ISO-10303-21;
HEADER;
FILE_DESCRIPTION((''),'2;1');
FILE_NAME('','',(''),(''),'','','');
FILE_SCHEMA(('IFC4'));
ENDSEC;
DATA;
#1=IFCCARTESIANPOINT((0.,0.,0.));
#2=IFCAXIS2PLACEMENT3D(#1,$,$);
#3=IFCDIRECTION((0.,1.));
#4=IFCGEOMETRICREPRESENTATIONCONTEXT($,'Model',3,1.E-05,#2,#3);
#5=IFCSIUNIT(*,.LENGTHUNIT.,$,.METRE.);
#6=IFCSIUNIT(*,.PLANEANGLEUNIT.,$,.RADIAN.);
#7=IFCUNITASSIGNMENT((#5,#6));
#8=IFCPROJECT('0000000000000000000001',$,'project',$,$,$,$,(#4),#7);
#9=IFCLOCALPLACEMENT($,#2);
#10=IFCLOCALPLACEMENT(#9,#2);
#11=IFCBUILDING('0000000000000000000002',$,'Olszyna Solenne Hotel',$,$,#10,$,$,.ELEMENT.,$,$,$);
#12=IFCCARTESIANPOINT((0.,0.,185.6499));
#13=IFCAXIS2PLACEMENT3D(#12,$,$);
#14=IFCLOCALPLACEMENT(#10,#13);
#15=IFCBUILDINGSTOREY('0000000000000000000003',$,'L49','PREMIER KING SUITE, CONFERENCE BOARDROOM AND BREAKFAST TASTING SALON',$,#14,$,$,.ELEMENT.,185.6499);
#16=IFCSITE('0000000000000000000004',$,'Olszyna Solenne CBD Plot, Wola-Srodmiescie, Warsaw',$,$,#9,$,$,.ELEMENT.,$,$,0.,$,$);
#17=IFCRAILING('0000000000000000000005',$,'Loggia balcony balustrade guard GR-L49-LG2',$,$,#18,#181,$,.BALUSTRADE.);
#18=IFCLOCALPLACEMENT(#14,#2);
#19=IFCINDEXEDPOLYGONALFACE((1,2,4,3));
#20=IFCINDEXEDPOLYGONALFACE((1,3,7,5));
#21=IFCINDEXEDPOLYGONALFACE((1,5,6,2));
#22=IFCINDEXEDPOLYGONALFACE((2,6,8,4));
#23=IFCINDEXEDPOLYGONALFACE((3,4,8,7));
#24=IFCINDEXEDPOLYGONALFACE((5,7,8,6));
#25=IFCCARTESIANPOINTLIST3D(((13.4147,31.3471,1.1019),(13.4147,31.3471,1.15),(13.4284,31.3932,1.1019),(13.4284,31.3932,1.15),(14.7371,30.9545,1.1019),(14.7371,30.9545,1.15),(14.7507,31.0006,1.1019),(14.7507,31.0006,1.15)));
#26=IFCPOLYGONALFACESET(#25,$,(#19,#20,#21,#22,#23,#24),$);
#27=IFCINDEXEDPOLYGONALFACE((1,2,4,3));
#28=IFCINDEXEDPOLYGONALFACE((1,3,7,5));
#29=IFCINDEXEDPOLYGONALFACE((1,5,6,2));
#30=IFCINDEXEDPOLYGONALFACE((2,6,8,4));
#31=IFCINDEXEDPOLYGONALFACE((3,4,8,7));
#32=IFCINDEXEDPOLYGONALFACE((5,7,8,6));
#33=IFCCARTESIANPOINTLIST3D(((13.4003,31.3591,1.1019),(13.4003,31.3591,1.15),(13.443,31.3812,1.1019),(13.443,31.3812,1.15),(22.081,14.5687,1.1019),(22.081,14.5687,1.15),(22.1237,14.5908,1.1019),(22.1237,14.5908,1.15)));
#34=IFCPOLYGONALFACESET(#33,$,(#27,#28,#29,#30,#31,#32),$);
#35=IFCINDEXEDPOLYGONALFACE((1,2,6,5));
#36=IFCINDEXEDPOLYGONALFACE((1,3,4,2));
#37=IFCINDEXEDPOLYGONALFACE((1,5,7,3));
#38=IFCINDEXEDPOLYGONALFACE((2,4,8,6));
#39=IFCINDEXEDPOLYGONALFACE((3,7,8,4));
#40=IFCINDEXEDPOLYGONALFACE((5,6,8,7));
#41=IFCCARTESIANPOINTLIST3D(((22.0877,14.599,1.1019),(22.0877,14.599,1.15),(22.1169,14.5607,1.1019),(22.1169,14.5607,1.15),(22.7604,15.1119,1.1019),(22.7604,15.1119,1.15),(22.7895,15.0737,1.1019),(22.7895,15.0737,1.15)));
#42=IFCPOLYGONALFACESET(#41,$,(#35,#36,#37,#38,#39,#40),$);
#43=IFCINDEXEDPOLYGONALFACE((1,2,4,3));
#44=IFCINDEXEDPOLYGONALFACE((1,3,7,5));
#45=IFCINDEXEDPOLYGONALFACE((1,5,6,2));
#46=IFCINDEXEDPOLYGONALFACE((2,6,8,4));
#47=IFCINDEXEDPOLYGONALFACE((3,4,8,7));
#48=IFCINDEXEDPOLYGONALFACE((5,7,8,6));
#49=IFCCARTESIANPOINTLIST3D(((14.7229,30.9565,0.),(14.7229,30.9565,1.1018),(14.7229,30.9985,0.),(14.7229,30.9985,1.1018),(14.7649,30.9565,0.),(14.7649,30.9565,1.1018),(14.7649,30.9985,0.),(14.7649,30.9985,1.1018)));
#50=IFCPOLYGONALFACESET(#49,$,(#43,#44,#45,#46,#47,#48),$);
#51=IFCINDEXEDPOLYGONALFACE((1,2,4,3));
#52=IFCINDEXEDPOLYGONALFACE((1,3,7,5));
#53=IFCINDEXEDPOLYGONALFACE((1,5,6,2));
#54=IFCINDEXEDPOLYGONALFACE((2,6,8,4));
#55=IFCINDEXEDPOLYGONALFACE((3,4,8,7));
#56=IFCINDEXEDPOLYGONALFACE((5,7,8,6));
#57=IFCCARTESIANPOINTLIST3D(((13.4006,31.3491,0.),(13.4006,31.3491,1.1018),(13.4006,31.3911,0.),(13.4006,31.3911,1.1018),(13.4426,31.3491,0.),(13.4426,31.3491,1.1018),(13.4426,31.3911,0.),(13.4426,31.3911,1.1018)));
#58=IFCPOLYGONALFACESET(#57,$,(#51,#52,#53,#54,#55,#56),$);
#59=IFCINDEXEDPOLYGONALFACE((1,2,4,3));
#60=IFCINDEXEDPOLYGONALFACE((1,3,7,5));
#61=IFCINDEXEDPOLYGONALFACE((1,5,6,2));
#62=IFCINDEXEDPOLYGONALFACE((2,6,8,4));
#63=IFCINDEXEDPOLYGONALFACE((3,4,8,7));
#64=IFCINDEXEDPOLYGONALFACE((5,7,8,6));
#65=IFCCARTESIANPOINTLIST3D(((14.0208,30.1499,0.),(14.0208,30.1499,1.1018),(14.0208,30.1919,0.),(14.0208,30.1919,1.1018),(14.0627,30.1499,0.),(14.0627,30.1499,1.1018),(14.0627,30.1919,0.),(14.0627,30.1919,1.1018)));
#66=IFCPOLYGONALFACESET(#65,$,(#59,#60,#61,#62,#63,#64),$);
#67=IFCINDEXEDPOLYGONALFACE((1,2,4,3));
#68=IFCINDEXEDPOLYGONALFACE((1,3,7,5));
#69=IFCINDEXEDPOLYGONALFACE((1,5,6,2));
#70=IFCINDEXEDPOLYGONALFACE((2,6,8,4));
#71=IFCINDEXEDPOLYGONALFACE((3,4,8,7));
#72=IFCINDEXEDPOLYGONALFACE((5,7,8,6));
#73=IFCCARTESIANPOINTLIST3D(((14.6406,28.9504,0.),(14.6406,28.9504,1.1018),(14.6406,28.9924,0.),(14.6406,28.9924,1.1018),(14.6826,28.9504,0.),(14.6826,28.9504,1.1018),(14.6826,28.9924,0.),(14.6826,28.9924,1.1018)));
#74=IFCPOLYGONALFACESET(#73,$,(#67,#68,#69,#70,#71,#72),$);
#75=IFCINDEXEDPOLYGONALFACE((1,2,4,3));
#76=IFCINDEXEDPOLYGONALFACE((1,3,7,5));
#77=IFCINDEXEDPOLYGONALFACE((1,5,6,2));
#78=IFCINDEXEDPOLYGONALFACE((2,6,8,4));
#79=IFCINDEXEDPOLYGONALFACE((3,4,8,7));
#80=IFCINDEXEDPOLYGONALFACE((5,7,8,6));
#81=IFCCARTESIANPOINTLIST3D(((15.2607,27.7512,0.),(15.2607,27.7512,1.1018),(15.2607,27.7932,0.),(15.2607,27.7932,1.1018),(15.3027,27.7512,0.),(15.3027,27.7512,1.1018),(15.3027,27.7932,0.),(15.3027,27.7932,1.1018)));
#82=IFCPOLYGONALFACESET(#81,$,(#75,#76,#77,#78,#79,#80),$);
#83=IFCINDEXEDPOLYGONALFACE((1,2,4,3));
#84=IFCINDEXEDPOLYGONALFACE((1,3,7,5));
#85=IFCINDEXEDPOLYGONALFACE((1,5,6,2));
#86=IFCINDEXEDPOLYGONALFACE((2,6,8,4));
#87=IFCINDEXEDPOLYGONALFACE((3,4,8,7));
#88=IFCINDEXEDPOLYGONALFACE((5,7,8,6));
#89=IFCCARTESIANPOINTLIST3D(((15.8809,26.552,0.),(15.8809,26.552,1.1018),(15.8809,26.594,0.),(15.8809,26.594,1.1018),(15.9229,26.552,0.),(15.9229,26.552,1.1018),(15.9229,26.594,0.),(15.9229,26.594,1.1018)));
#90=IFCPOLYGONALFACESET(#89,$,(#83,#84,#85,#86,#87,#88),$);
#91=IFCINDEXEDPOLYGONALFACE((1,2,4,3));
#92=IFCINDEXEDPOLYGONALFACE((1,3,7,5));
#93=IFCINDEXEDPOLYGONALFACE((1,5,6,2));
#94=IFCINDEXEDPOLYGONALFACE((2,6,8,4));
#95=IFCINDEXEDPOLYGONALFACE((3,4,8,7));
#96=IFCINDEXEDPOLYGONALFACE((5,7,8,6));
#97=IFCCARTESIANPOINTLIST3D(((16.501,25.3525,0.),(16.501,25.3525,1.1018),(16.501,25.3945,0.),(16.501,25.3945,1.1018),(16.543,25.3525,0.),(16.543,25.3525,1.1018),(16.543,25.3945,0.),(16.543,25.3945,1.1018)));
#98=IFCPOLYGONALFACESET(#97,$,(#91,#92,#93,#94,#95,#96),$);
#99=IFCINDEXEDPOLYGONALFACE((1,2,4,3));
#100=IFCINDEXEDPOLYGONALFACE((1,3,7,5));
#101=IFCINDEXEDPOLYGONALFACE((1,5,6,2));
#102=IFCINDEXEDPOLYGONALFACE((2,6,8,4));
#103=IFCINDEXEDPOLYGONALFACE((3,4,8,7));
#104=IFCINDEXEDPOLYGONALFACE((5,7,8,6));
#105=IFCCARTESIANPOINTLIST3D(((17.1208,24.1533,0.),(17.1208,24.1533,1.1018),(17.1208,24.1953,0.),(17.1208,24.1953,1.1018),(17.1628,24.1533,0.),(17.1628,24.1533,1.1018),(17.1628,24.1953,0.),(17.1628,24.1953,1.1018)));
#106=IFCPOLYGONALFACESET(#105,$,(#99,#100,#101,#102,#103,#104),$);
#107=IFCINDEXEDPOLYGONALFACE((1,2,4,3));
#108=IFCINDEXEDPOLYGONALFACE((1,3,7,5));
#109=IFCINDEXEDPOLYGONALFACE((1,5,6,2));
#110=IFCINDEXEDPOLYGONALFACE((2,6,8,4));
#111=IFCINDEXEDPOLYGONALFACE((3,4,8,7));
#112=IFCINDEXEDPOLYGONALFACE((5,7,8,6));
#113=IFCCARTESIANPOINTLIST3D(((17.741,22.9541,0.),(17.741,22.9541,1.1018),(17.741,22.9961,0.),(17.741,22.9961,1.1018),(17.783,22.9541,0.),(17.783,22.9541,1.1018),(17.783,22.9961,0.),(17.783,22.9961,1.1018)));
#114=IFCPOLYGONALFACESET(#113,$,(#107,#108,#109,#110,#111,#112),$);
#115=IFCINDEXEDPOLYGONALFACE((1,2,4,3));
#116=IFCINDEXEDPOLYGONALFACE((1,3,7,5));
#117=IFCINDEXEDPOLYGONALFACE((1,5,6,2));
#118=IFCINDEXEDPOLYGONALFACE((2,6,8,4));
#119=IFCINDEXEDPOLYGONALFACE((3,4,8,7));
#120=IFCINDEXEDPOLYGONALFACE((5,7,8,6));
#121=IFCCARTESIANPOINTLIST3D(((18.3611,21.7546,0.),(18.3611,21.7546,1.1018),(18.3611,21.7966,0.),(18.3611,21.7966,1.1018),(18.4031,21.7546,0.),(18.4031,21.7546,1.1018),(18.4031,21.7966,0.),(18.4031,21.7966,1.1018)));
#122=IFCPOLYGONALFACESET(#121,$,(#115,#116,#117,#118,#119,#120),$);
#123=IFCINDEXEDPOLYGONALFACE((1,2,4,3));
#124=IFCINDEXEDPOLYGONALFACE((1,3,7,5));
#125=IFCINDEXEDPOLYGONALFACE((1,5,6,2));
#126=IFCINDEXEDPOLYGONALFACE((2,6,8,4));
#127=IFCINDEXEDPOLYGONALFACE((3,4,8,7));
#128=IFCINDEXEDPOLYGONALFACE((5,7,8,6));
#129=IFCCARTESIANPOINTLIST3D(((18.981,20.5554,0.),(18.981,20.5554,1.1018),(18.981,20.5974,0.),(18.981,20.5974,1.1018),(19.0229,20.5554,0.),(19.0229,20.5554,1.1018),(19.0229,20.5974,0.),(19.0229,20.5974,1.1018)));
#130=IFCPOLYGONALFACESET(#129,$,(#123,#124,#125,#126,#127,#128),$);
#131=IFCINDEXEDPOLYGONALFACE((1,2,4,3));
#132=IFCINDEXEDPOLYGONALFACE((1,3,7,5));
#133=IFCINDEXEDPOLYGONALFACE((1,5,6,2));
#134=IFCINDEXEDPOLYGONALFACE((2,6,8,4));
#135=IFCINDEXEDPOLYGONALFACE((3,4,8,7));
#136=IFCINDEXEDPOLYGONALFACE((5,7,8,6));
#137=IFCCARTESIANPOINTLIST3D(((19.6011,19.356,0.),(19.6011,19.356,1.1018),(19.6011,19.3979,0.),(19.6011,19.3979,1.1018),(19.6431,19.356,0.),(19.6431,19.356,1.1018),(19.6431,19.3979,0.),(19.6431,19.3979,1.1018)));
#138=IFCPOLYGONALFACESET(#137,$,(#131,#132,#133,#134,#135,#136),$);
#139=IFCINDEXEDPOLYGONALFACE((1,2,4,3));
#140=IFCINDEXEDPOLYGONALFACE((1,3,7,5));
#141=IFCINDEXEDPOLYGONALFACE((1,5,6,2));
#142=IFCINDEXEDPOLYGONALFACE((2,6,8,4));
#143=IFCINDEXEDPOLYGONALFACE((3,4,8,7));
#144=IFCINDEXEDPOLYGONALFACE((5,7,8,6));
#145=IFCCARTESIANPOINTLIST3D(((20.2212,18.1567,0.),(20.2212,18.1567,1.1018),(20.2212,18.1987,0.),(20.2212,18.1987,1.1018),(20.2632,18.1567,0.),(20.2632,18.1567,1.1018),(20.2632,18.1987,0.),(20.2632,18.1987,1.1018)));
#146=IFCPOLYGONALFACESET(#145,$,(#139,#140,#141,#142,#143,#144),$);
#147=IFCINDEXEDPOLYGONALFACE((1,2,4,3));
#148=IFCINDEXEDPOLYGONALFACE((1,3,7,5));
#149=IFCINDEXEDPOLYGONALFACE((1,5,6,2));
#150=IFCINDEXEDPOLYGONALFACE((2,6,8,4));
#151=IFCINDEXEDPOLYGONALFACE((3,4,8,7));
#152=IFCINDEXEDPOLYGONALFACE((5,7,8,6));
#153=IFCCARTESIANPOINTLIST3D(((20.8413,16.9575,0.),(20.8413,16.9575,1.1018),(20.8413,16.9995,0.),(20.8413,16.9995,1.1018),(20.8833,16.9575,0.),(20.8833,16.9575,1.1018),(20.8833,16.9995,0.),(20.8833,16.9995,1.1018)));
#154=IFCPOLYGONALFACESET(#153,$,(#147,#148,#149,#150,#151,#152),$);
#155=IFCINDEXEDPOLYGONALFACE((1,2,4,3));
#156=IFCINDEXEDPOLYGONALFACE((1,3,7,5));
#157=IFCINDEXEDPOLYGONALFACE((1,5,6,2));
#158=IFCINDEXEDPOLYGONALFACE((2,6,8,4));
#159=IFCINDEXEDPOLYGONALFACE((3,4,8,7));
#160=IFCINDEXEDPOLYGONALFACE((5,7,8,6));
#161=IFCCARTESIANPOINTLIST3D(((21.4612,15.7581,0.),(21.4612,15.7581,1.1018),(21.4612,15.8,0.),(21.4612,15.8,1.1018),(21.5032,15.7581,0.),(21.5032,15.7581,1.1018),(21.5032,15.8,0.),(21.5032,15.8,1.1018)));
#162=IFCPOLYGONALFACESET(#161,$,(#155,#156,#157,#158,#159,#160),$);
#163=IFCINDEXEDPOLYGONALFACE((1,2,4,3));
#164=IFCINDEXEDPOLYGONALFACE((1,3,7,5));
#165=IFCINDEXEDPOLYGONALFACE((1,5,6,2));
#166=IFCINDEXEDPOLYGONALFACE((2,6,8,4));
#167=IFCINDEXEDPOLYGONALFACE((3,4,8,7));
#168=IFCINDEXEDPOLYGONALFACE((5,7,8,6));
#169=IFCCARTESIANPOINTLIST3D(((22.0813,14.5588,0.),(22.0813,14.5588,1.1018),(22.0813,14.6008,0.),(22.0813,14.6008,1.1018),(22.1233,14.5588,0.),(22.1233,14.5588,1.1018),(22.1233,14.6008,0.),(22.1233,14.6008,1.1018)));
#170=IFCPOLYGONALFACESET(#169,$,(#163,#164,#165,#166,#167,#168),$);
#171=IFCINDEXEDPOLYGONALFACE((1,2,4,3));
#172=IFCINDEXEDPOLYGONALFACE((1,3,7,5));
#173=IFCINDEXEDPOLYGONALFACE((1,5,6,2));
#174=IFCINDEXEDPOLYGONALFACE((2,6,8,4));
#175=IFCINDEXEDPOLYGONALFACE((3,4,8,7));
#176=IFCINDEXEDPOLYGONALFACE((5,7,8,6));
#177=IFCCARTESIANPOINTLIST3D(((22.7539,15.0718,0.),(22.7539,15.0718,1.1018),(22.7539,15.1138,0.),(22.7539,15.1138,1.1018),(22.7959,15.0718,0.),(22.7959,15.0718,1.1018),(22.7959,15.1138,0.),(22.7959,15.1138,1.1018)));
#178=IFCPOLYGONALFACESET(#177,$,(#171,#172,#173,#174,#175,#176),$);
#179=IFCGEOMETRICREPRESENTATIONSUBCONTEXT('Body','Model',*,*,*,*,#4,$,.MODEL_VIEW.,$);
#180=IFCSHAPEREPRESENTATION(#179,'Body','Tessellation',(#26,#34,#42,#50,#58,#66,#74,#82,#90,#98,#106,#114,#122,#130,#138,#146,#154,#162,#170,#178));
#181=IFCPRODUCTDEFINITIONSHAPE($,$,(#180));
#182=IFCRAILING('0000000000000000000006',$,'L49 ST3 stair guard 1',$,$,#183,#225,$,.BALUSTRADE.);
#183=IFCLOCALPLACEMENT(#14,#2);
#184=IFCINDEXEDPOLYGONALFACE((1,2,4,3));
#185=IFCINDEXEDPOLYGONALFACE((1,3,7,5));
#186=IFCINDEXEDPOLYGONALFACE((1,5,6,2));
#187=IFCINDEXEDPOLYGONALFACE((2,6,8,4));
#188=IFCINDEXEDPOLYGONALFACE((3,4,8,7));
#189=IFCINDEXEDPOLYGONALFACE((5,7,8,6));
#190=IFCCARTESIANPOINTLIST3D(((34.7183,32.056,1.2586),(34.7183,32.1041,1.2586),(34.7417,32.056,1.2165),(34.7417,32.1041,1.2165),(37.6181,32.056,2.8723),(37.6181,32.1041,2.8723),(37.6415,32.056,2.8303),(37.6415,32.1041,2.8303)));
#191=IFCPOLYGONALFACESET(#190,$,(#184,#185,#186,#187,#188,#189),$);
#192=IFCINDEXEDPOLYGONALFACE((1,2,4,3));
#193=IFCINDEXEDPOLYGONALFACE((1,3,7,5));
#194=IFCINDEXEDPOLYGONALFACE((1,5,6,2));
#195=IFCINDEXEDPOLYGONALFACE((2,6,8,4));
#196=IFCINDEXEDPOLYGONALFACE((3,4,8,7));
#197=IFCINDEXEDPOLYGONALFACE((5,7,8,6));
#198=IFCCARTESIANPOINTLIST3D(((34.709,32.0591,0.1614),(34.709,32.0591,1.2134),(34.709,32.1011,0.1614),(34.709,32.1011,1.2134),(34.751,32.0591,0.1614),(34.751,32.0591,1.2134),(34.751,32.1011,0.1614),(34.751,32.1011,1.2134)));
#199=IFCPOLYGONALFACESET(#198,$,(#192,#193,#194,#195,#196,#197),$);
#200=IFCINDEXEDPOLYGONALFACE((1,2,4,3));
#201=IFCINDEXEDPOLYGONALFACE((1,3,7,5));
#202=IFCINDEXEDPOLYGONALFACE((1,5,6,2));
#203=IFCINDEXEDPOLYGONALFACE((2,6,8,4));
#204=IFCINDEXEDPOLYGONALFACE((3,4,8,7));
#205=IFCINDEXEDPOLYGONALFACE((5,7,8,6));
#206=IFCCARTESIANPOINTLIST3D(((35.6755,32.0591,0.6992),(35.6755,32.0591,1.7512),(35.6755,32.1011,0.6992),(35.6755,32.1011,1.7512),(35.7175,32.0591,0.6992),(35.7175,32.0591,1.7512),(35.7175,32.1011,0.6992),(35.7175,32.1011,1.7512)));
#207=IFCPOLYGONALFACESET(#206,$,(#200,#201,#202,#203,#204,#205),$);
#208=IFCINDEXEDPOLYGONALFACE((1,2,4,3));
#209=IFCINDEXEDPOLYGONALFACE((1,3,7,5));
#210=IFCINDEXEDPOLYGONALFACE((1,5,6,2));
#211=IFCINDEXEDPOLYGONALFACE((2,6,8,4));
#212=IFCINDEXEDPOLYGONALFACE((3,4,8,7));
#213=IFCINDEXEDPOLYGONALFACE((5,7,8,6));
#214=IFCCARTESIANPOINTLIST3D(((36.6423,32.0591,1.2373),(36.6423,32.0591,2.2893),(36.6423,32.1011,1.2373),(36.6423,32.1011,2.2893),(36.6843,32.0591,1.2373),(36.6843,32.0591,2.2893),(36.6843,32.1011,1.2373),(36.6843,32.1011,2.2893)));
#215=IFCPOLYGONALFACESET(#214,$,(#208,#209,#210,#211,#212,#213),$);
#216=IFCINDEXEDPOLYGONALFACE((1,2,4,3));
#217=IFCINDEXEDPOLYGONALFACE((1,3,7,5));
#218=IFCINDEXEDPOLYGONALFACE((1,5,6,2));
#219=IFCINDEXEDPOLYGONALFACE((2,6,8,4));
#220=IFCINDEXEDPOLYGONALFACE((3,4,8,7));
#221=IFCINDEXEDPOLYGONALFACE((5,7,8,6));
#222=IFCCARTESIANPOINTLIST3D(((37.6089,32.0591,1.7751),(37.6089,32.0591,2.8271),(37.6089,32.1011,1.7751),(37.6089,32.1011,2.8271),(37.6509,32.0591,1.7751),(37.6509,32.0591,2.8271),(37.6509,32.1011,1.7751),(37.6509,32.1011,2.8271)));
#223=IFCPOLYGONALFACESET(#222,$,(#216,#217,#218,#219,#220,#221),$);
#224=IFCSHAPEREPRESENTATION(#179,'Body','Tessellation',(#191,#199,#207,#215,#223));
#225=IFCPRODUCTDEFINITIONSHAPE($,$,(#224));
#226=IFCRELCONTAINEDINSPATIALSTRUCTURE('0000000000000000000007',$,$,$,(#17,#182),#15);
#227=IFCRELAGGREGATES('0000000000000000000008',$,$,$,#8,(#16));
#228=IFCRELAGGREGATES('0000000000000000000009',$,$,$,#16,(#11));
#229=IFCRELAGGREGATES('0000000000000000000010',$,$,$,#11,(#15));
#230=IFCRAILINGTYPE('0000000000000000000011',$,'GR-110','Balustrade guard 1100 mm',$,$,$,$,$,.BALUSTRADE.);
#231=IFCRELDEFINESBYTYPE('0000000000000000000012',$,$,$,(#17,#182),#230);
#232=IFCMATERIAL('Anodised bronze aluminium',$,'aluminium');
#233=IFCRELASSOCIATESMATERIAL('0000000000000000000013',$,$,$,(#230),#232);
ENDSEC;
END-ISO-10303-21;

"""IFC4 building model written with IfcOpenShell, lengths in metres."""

from ifc_helpers import new_model, si_unit, direction, frame, origin, origin_2d, place, context, subcontext, project, spatial, rectangle, extrude, material, type_object, element, save


model = new_model("IFC4")

# Units and contexts
model_context = context("Model", 3, precision=1e-05, world=origin(), true_north=direction((0.0, 1.0)))
body_context = subcontext(model_context, "Body", "Model", "MODEL_VIEW")
ifc_project = project(units=[si_unit("LENGTHUNIT", "METRE"), si_unit("PLANEANGLEUNIT", "RADIAN")], contexts=[model_context])

# Site, building, storey
site_placement = place(None, origin())
site = spatial("IfcSite", under=ifc_project, at=site_placement, Name="Olszyna Solenne CBD Plot, Wola-Srodmiescie, Warsaw", CompositionType="ELEMENT", RefElevation=0.0)
building_placement = place(site_placement, origin())
building = spatial("IfcBuilding", under=site, at=building_placement, Name="Olszyna Solenne Hotel", CompositionType="ELEMENT")
storey_placement = place(building_placement, frame((0.0, 0.0, 185.6499)))
storey = spatial("IfcBuildingStorey", under=building, at=storey_placement, Name="L49", Description="PREMIER KING SUITE, CONFERENCE BOARDROOM AND BREAKFAST TASTING SALON", CompositionType="ELEMENT", Elevation=185.6499)

# Railings
ifc_material_1 = material(Name="Anodised bronze aluminium", Category="aluminium")
railing_type_1 = type_object("IfcRailingType", Name="GR-110", Description="Balustrade guard 1100 mm", PredefinedType="BALUSTRADE", material=ifc_material_1)
railing_1_placement = place(storey_placement, frame((14.7439, 30.9775, 0.0)))
element("IfcRailing", 1, at=railing_1_placement, inside=storey, type_object=railing_type_1, Name="Loggia balcony balustrade guard GR-L49-LG2", PredefinedType="BALUSTRADE", context=body_context, shape_type="SweptSolid", body=[
    extrude(rectangle(XDim=0.0481, YDim=0.0481, at=origin_2d()), frame((0.0, 0.0, 1.126), z_axis=(-0.958641, 0.284619, 0.0), x_axis=(-0.284619, -0.958641, 0.0)), (0.0, 0.0, 1.0), 1.3794),
    extrude(rectangle(XDim=0.0481, YDim=0.0481, at=origin_2d()), frame((-1.3223, 0.3926, 1.126), z_axis=(0.459257, -0.888303, 0.0), x_axis=(0.888303, 0.459257, 0.0)), (0.0, 0.0, 1.0), 18.9016),
    extrude(rectangle(XDim=0.0481, YDim=0.0481, at=origin_2d()), frame((7.3584, -16.3977, 1.126), z_axis=(0.79516, 0.6064, 0.0), x_axis=(-0.6064, 0.79516, 0.0)), (0.0, 0.0, 1.0), 0.8459),
    extrude(rectangle(XDim=0.042, YDim=0.042, at=origin_2d()), origin(), (0.0, 0.0, 1.0), 1.1018),
    extrude(rectangle(XDim=0.042, YDim=0.042, at=origin_2d()), frame((-1.3223, 0.3926, 0.0)), (0.0, 0.0, 1.0), 1.1018),
    extrude(rectangle(XDim=0.042, YDim=0.042, at=origin_2d()), frame((-0.7021, -0.8066, 0.0)), (0.0, 0.0, 1.0), 1.1018),
    extrude(rectangle(XDim=0.042, YDim=0.042, at=origin_2d()), frame((-0.0823, -2.0061, 0.0)), (0.0, 0.0, 1.0), 1.1018),
    extrude(rectangle(XDim=0.042, YDim=0.042, at=origin_2d()), frame((0.5378, -3.2053, 0.0)), (0.0, 0.0, 1.0), 1.1018),
    extrude(rectangle(XDim=0.042, YDim=0.042, at=origin_2d()), frame((1.158, -4.4045, 0.0)), (0.0, 0.0, 1.0), 1.1018),
    extrude(rectangle(XDim=0.042, YDim=0.042, at=origin_2d()), frame((1.7781, -5.604, 0.0)), (0.0, 0.0, 1.0), 1.1018),
    extrude(rectangle(XDim=0.042, YDim=0.042, at=origin_2d()), frame((2.3979, -6.8032, 0.0)), (0.0, 0.0, 1.0), 1.1018),
    extrude(rectangle(XDim=0.042, YDim=0.042, at=origin_2d()), frame((3.0181, -8.0024, 0.0)), (0.0, 0.0, 1.0), 1.1018),
    extrude(rectangle(XDim=0.042, YDim=0.042, at=origin_2d()), frame((3.6382, -9.2019, 0.0)), (0.0, 0.0, 1.0), 1.1018),
    extrude(rectangle(XDim=0.042, YDim=0.042, at=origin_2d()), frame((4.2581, -10.4011, 0.0)), (0.0, 0.0, 1.0), 1.1018),
    extrude(rectangle(XDim=0.042, YDim=0.042, at=origin_2d()), frame((4.8782, -11.6006, 0.0)), (0.0, 0.0, 1.0), 1.1018),
    extrude(rectangle(XDim=0.042, YDim=0.042, at=origin_2d()), frame((5.4983, -12.7998, 0.0)), (0.0, 0.0, 1.0), 1.1018),
    extrude(rectangle(XDim=0.042, YDim=0.042, at=origin_2d()), frame((6.1184, -13.999, 0.0)), (0.0, 0.0, 1.0), 1.1018),
    extrude(rectangle(XDim=0.042, YDim=0.042, at=origin_2d()), frame((6.7383, -15.1985, 0.0)), (0.0, 0.0, 1.0), 1.1018),
    extrude(rectangle(XDim=0.042, YDim=0.042, at=origin_2d()), frame((7.3584, -16.3977, 0.0)), (0.0, 0.0, 1.0), 1.1018),
    extrude(rectangle(XDim=0.042, YDim=0.042, at=origin_2d()), frame((8.031, -15.8848, 0.0)), (0.0, 0.0, 1.0), 1.1018),
])
railing_2_placement = place(storey_placement, frame((34.73, 32.0801, 0.1614)))
element("IfcRailing", 2, at=railing_2_placement, inside=storey, type_object=railing_type_1, Name="L49 ST3 stair guard 1", PredefinedType="BALUSTRADE", context=body_context, shape_type="SweptSolid", body=[
    extrude(rectangle(XDim=0.0481, YDim=0.0481, at=origin_2d()), frame((0.0, 0.0, 1.0762), z_axis=(0.87381, 0.0, 0.486267), x_axis=(0.0, 1.0, 0.0)), (0.0, 0.0, 1.0), 3.3186),
    extrude(rectangle(XDim=0.042, YDim=0.042, at=origin_2d()), origin(), (0.0, 0.0, 1.0), 1.052),
    extrude(rectangle(XDim=0.042, YDim=0.042, at=origin_2d()), frame((0.9666, 0.0, 0.5378)), (0.0, 0.0, 1.0), 1.052),
    extrude(rectangle(XDim=0.042, YDim=0.042, at=origin_2d()), frame((1.9333, 0.0, 1.0759)), (0.0, 0.0, 1.0), 1.052),
    extrude(rectangle(XDim=0.042, YDim=0.042, at=origin_2d()), frame((2.8999, 0.0, 1.6138)), (0.0, 0.0, 1.0), 1.052),
])

save(model, "model.ifc")
